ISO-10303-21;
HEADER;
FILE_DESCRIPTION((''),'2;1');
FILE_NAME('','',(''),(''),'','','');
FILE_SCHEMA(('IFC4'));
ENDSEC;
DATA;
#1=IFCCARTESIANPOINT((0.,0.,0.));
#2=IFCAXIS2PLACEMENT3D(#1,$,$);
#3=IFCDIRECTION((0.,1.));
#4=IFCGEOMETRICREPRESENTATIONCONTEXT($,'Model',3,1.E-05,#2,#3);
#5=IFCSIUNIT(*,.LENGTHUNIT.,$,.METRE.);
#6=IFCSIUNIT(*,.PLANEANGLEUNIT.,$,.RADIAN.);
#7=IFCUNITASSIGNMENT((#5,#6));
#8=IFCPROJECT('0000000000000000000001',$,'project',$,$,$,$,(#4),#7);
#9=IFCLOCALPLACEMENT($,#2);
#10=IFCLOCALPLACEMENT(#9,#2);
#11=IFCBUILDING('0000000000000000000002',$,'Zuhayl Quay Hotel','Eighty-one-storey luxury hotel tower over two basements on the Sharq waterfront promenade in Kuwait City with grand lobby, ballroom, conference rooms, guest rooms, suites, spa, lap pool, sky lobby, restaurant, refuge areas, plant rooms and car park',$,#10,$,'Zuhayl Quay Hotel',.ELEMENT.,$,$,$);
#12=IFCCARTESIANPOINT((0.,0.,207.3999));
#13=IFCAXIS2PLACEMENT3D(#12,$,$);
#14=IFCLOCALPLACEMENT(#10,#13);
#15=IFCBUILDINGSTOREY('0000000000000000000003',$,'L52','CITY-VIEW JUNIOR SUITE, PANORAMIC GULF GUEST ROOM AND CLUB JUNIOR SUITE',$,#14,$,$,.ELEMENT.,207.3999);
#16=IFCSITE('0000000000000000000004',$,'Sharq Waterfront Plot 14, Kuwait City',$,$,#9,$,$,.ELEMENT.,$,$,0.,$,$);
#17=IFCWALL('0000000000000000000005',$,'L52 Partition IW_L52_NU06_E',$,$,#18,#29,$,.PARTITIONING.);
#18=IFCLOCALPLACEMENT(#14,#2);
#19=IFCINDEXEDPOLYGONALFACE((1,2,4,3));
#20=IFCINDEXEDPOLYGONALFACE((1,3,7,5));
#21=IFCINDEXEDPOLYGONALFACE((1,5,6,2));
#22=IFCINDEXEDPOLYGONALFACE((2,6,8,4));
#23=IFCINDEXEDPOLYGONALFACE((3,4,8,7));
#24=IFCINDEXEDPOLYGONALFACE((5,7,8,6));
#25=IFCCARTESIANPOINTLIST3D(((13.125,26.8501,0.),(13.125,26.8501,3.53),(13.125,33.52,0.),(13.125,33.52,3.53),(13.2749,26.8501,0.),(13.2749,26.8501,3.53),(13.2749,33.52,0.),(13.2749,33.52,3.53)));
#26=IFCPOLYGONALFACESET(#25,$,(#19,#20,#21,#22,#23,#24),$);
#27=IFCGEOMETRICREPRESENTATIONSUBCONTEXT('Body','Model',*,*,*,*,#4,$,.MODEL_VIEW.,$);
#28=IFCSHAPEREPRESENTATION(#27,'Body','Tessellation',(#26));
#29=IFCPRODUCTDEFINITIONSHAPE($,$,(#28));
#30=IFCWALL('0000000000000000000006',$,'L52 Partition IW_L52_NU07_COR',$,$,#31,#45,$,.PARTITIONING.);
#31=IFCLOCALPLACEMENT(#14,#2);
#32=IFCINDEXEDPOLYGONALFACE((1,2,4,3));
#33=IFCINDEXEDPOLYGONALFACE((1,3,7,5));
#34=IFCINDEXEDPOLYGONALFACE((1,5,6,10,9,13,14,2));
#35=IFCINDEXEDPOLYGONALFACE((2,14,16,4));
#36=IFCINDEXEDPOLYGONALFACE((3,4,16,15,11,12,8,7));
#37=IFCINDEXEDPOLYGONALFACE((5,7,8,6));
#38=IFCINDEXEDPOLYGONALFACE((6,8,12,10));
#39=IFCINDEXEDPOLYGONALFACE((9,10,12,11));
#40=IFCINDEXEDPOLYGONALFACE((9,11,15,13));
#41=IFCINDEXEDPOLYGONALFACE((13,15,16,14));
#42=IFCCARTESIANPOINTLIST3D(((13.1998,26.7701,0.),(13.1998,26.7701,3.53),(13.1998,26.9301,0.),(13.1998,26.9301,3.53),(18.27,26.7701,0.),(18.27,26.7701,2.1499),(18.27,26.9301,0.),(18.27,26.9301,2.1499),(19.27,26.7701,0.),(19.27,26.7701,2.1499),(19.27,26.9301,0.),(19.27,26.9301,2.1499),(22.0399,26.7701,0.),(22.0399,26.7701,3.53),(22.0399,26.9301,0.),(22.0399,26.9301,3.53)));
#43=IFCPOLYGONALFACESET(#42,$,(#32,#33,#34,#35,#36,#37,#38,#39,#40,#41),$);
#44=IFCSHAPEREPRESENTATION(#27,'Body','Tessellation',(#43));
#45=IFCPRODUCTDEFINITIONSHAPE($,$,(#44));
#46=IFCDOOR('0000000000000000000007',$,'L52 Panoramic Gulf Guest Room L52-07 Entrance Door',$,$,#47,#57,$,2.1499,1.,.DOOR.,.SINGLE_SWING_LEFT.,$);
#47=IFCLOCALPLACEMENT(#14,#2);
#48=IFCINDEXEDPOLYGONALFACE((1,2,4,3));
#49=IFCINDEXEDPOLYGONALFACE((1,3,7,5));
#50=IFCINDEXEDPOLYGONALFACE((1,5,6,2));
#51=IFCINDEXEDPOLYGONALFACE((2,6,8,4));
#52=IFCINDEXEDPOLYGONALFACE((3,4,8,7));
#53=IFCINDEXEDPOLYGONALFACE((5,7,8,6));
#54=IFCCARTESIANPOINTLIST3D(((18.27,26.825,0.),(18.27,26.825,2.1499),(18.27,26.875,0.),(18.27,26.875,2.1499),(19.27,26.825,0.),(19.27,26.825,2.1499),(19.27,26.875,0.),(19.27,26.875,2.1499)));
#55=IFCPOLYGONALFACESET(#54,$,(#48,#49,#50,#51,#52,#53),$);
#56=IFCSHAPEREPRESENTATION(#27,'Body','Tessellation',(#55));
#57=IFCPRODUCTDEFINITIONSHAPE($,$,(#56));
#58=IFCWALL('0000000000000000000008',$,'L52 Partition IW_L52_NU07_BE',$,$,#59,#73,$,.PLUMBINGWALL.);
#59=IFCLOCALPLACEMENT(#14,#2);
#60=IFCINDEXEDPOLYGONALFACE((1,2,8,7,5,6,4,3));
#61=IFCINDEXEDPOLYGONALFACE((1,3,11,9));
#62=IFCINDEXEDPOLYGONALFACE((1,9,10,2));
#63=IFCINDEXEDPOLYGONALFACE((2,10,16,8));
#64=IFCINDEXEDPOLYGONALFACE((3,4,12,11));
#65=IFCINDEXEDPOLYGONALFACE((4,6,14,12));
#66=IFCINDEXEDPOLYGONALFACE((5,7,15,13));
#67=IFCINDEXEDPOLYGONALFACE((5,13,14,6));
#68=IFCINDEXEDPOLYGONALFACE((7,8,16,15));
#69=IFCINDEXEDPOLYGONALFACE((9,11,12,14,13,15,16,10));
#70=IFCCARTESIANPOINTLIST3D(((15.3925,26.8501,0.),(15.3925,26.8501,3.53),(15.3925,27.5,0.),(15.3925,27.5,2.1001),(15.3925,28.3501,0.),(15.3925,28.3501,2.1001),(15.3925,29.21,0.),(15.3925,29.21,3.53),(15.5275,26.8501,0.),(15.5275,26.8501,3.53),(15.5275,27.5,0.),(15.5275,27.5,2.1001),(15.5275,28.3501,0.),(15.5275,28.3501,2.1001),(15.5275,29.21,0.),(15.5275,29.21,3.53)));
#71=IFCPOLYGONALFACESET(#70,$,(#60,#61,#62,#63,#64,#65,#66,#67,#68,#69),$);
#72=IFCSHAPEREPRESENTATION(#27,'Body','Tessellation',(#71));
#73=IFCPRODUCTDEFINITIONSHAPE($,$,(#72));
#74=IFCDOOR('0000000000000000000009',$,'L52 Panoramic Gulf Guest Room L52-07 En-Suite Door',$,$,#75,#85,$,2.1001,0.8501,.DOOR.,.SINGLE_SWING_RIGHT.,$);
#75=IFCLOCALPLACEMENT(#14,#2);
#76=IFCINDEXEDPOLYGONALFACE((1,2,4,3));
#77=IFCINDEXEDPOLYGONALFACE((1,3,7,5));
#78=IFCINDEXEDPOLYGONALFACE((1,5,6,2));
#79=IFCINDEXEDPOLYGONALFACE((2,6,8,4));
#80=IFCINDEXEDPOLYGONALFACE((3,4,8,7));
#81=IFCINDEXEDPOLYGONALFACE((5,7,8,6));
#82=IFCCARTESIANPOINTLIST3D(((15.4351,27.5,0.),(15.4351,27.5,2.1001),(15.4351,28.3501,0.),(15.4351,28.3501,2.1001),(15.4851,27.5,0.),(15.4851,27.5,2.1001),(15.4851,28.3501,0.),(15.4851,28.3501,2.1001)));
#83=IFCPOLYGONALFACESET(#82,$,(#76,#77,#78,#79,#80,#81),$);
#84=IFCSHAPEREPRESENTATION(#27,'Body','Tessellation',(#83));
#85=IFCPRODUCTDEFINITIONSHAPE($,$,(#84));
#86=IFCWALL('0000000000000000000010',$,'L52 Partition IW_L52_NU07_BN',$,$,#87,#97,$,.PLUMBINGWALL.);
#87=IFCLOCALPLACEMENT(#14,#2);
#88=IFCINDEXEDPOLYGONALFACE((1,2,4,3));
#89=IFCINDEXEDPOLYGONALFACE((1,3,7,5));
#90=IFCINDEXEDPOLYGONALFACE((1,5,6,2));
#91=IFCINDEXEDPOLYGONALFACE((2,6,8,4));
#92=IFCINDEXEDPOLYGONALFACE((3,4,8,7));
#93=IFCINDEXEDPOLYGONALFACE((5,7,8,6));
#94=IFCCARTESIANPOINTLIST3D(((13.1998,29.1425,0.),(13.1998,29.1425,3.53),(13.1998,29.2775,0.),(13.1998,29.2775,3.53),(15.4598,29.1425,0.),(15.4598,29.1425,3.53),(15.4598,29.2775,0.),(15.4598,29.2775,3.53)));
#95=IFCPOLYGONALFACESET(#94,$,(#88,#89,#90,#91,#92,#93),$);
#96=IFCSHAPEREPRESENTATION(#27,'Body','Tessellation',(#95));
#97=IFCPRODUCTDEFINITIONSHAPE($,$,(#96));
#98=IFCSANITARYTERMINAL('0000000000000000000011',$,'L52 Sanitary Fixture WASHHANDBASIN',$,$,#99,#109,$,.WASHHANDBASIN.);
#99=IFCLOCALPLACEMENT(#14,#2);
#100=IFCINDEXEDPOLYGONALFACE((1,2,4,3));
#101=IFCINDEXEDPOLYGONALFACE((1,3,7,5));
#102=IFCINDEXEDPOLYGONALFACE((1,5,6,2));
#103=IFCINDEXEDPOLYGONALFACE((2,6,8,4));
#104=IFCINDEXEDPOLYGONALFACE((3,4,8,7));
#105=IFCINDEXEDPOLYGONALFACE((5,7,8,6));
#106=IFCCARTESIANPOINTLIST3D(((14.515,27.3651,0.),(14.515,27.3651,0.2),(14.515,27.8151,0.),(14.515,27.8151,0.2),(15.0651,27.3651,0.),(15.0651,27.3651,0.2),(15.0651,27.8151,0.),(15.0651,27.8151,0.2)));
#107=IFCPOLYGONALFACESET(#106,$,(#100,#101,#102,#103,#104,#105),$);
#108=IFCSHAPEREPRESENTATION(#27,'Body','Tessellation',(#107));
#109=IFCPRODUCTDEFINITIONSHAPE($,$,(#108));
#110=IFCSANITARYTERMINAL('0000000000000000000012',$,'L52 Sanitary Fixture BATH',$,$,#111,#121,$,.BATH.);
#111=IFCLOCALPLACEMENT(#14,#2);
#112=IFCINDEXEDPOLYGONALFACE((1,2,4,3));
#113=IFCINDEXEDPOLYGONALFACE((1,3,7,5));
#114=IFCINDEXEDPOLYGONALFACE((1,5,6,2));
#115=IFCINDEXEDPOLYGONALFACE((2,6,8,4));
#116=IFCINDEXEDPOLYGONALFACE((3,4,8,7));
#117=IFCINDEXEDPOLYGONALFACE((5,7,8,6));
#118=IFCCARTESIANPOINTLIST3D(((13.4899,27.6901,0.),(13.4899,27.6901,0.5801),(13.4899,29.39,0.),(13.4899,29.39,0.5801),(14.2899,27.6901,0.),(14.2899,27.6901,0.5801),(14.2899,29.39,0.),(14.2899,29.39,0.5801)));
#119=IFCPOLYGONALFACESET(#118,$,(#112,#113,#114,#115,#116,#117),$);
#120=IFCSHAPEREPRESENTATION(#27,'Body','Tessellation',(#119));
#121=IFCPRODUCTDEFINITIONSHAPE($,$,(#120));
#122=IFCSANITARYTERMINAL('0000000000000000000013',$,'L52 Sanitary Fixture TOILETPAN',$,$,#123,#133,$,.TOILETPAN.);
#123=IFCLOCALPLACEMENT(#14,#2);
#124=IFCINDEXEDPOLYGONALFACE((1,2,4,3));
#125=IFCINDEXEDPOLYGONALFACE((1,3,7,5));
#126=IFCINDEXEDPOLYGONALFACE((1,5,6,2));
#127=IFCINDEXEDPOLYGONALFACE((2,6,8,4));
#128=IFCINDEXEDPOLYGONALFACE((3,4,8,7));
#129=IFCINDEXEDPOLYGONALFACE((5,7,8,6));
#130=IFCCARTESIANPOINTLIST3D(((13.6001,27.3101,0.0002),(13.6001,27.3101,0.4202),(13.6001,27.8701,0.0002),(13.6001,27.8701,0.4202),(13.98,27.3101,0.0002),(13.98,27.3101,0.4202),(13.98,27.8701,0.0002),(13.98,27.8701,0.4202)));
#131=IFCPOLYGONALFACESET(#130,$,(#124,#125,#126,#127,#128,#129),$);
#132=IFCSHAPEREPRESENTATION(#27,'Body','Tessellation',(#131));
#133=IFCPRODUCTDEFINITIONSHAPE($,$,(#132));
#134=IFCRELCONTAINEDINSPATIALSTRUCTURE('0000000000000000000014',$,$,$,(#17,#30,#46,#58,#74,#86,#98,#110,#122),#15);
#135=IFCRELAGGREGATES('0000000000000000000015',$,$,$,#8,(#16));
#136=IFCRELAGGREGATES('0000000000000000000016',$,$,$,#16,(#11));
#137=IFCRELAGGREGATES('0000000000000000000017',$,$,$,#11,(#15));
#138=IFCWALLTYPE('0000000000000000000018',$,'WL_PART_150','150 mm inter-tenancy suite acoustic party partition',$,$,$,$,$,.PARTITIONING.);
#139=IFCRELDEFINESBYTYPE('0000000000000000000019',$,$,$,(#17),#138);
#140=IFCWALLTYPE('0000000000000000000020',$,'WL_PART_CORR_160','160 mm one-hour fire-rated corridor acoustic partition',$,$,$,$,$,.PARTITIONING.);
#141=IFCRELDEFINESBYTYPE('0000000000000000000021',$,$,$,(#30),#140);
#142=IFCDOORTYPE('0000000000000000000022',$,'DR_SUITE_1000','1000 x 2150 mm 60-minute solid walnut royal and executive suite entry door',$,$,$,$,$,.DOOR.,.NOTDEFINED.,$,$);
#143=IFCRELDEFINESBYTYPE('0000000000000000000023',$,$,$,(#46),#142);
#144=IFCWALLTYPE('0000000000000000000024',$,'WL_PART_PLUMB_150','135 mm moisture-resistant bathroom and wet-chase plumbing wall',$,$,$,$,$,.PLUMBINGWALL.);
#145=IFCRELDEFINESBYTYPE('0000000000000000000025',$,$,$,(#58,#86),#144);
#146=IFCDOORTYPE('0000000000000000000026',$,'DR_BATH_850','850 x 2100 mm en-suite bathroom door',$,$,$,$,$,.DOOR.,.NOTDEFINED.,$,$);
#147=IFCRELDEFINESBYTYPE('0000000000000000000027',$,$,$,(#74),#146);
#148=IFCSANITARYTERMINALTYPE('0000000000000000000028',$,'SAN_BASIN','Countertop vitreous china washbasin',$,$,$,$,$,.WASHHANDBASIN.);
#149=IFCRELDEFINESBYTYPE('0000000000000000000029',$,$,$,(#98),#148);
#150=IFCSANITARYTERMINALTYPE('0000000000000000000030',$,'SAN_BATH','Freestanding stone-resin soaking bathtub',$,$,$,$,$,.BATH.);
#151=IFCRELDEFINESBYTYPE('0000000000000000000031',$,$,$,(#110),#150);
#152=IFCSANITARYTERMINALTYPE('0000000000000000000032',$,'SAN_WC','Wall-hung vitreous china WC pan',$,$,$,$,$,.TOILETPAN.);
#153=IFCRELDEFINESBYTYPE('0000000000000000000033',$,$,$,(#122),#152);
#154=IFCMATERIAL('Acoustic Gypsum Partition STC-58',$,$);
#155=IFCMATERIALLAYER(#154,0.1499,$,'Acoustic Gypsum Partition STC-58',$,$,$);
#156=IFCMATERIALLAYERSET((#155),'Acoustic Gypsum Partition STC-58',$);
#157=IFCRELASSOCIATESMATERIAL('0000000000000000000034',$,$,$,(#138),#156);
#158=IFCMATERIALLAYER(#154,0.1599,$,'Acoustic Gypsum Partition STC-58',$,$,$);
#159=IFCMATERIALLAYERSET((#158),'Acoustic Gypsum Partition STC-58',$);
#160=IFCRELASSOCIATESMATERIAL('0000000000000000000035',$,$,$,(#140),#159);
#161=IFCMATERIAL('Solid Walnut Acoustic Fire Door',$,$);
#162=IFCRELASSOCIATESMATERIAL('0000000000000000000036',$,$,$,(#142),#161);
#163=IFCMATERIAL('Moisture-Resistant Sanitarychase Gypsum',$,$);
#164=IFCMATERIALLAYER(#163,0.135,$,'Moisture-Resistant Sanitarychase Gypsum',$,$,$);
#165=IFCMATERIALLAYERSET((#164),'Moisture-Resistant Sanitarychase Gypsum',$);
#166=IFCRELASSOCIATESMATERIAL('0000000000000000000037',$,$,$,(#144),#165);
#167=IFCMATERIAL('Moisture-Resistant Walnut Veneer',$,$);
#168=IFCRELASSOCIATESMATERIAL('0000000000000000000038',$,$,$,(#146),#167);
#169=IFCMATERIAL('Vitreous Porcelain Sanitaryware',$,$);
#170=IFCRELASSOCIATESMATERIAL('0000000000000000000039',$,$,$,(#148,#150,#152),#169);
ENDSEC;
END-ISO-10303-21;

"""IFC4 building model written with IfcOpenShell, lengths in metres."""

from ifc_helpers import new_model, si_unit, direction, frame, frame_2d, origin, origin_2d, place, context, subcontext, project, spatial, rectangle, extrude, material, layer, layer_set, type_object, element, fill, save


model = new_model("IFC4")

# Units and contexts
model_context = context("Model", 3, precision=1e-05, world=origin(), true_north=direction((0.0, 1.0)))
body_context = subcontext(model_context, "Body", "Model", "MODEL_VIEW")
ifc_project = project(units=[si_unit("LENGTHUNIT", "METRE"), si_unit("PLANEANGLEUNIT", "RADIAN")], contexts=[model_context])

# Site, building, storey
site_placement = place(None, origin())
site = spatial("IfcSite", under=ifc_project, at=site_placement, Name="Sharq Waterfront Plot 14, Kuwait City", CompositionType="ELEMENT", RefElevation=0.0)
building_placement = place(site_placement, origin())
building = spatial("IfcBuilding", under=site, at=building_placement, Name="Zuhayl Quay Hotel", Description="Eighty-one-storey luxury hotel tower over two basements on the Sharq waterfront promenade in Kuwait City with grand lobby, ballroom, conference rooms, guest rooms, suites, spa, lap pool, sky lobby, restaurant, refuge areas, plant rooms and car park", LongName="Zuhayl Quay Hotel", CompositionType="ELEMENT")
storey_placement = place(building_placement, frame((0.0, 0.0, 207.3999)))
storey = spatial("IfcBuildingStorey", under=building, at=storey_placement, Name="L52", Description="CITY-VIEW JUNIOR SUITE, PANORAMIC GULF GUEST ROOM AND CLUB JUNIOR SUITE", CompositionType="ELEMENT", Elevation=207.3999)

# Wall
ifc_material_1 = material(Name="Acoustic Gypsum Partition STC-58")
ifc_layer_1 = layer(ifc_material_1, 0.1499, Name="Acoustic Gypsum Partition STC-58")
ifc_layer_set_1 = layer_set([ifc_layer_1], Name="Acoustic Gypsum Partition STC-58")
wall_type_1 = type_object("IfcWallType", Name="WL_PART_150", Description="150 mm inter-tenancy suite acoustic party partition", PredefinedType="PARTITIONING", material=ifc_layer_set_1)
wall_1_placement = place(storey_placement, frame((13.2, 26.8501, 0.0), z_axis=(0.0, 0.0, 1.0), x_axis=(0.0, 1.0, 0.0)))
element("IfcWall", 1, at=wall_1_placement, inside=storey, type_object=wall_type_1, Name="L52 Partition IW_L52_NU06_E", PredefinedType="PARTITIONING", context=body_context, shape_type="SweptSolid", body=[
    extrude(rectangle(XDim=6.6699, YDim=0.1499, at=frame_2d((3.335, 0.0))), origin(), (0.0, 0.0, 1.0), 3.53),
])

# Walls, openings, doors
ifc_layer_2 = layer(ifc_material_1, 0.1599, Name="Acoustic Gypsum Partition STC-58")
ifc_layer_set_2 = layer_set([ifc_layer_2], Name="Acoustic Gypsum Partition STC-58")
wall_type_2 = type_object("IfcWallType", Name="WL_PART_CORR_160", Description="160 mm one-hour fire-rated corridor acoustic partition", PredefinedType="PARTITIONING", material=ifc_layer_set_2)
wall_2_placement = place(storey_placement, frame((13.2, 26.8501, 0.0), z_axis=(0.0, 0.0, 1.0), x_axis=(1.0, 0.0, 0.0)))
wall_2 = element("IfcWall", 2, at=wall_2_placement, inside=storey, type_object=wall_type_2, Name="L52 Partition IW_L52_NU07_COR", PredefinedType="PARTITIONING", context=body_context, shape_type="SweptSolid", body=[
    extrude(rectangle(XDim=8.8401, YDim=0.1599, at=frame_2d((4.4199, 0.0))), origin(), (0.0, 0.0, 1.0), 3.53),
])
opening_1_placement = place(wall_2_placement, frame((5.0701, 0.0, 0.0)))
opening_1 = element("IfcOpeningElement", 3, at=opening_1_placement, cuts=wall_2, PredefinedType="OPENING", context=body_context, shape_type="SweptSolid", body=[
    extrude(rectangle(XDim=1.0, YDim=2.1499, at=frame_2d((0.5, 1.075))), frame((0.0, 0.0898, 0.0), z_axis=(0.0, -1.0, 0.0), x_axis=(1.0, 0.0, 0.0)), (0.0, 0.0, 1.0), 0.1799),
])
ifc_material_2 = material(Name="Solid Walnut Acoustic Fire Door")
door_type_1 = type_object("IfcDoorType", Name="DR_SUITE_1000", Description="1000 x 2150 mm 60-minute solid walnut royal and executive suite entry door", OperationType="NOTDEFINED", PredefinedType="DOOR", material=ifc_material_2)
door_1_placement = place(opening_1_placement, origin())
door_1 = element("IfcDoor", 4, at=door_1_placement, inside=storey, type_object=door_type_1, Name="L52 Panoramic Gulf Guest Room L52-07 Entrance Door", OperationType="SINGLE_SWING_LEFT", OverallHeight=2.1499, OverallWidth=1.0, PredefinedType="DOOR", context=body_context, shape_type="SweptSolid", body=[
    extrude(rectangle(XDim=1.0, YDim=2.1499, at=frame_2d((0.5, 1.075))), frame((0.0, 0.0249, 0.0), z_axis=(0.0, -1.0, 0.0), x_axis=(1.0, 0.0, 0.0)), (0.0, 0.0, 1.0), 0.05),
])
fill(opening_1, door_1)
ifc_material_3 = material(Name="Moisture-Resistant Sanitarychase Gypsum")
ifc_layer_3 = layer(ifc_material_3, 0.135, Name="Moisture-Resistant Sanitarychase Gypsum")
ifc_layer_set_3 = layer_set([ifc_layer_3], Name="Moisture-Resistant Sanitarychase Gypsum")
wall_type_3 = type_object("IfcWallType", Name="WL_PART_PLUMB_150", Description="135 mm moisture-resistant bathroom and wet-chase plumbing wall", PredefinedType="PLUMBINGWALL", material=ifc_layer_set_3)
wall_3_placement = place(storey_placement, frame((15.46, 26.8501, 0.0), z_axis=(0.0, 0.0, 1.0), x_axis=(0.0, 1.0, 0.0)))
wall_3 = element("IfcWall", 5, at=wall_3_placement, inside=storey, type_object=wall_type_3, Name="L52 Partition IW_L52_NU07_BE", PredefinedType="PLUMBINGWALL", context=body_context, shape_type="SweptSolid", body=[
    extrude(rectangle(XDim=2.3599, YDim=0.135, at=frame_2d((1.1799, 0.0))), origin(), (0.0, 0.0, 1.0), 3.53),
])
opening_2_placement = place(wall_3_placement, frame((0.6499, 0.0, 0.0)))
opening_2 = element("IfcOpeningElement", 6, at=opening_2_placement, cuts=wall_3, PredefinedType="OPENING", context=body_context, shape_type="SweptSolid", body=[
    extrude(rectangle(XDim=0.8501, YDim=2.1001, at=frame_2d((0.425, 1.05))), frame((0.0, 0.0774, 0.0), z_axis=(0.0, -1.0, 0.0), x_axis=(1.0, 0.0, 0.0)), (0.0, 0.0, 1.0), 0.155),
])
ifc_material_4 = material(Name="Moisture-Resistant Walnut Veneer")
door_type_2 = type_object("IfcDoorType", Name="DR_BATH_850", Description="850 x 2100 mm en-suite bathroom door", OperationType="NOTDEFINED", PredefinedType="DOOR", material=ifc_material_4)
door_2_placement = place(opening_2_placement, origin())
door_2 = element("IfcDoor", 7, at=door_2_placement, inside=storey, type_object=door_type_2, Name="L52 Panoramic Gulf Guest Room L52-07 En-Suite Door", OperationType="SINGLE_SWING_RIGHT", OverallHeight=2.1001, OverallWidth=0.8501, PredefinedType="DOOR", context=body_context, shape_type="SweptSolid", body=[
    extrude(rectangle(XDim=0.8501, YDim=2.1001, at=frame_2d((0.425, 1.05))), frame((0.0, 0.0249, 0.0), z_axis=(0.0, -1.0, 0.0), x_axis=(1.0, 0.0, 0.0)), (0.0, 0.0, 1.0), 0.05),
])
fill(opening_2, door_2)

# Wall
wall_4_placement = place(storey_placement, frame((13.2, 29.21, 0.0), z_axis=(0.0, 0.0, 1.0), x_axis=(1.0, 0.0, 0.0)))
element("IfcWall", 8, at=wall_4_placement, inside=storey, type_object=wall_type_3, Name="L52 Partition IW_L52_NU07_BN", PredefinedType="PLUMBINGWALL", context=body_context, shape_type="SweptSolid", body=[
    extrude(rectangle(XDim=2.26, YDim=0.135, at=frame_2d((1.1299, 0.0))), origin(), (0.0, 0.0, 1.0), 3.53),
])

# Sanitary terminals
ifc_material_5 = material(Name="Vitreous Porcelain Sanitaryware")
sanitary_terminal_type_1 = type_object("IfcSanitaryTerminalType", Name="SAN_BASIN", Description="Countertop vitreous china washbasin", PredefinedType="WASHHANDBASIN", material=ifc_material_5)
sanitary_terminal_1_placement = place(storey_placement, frame((14.79, 27.5901, 0.0), z_axis=(0.0, 0.0, 1.0), x_axis=(1.0, 0.0, 0.0)))
element("IfcSanitaryTerminal", 9, at=sanitary_terminal_1_placement, inside=storey, type_object=sanitary_terminal_type_1, Name="L52 Sanitary Fixture WASHHANDBASIN", PredefinedType="WASHHANDBASIN", context=body_context, shape_type="SweptSolid", body=[
    extrude(rectangle(XDim=0.55, YDim=0.45, at=origin_2d()), origin(), (0.0, 0.0, 1.0), 0.2),
])
sanitary_terminal_type_2 = type_object("IfcSanitaryTerminalType", Name="SAN_BATH", Description="Freestanding stone-resin soaking bathtub", PredefinedType="BATH", material=ifc_material_5)
sanitary_terminal_2_placement = place(storey_placement, frame((13.8899, 28.54, 0.0), z_axis=(0.0, 0.0, 1.0), x_axis=(1.0, 0.0, 0.0)))
element("IfcSanitaryTerminal", 10, at=sanitary_terminal_2_placement, inside=storey, type_object=sanitary_terminal_type_2, Name="L52 Sanitary Fixture BATH", PredefinedType="BATH", context=body_context, shape_type="SweptSolid", body=[
    extrude(rectangle(XDim=0.8, YDim=1.7, at=origin_2d()), origin(), (0.0, 0.0, 1.0), 0.5801),
])
sanitary_terminal_type_3 = type_object("IfcSanitaryTerminalType", Name="SAN_WC", Description="Wall-hung vitreous china WC pan", PredefinedType="TOILETPAN", material=ifc_material_5)
sanitary_terminal_3_placement = place(storey_placement, frame((13.79, 27.5901, 0.0002), z_axis=(0.0, 0.0, 1.0), x_axis=(1.0, 0.0, 0.0)))
element("IfcSanitaryTerminal", 11, at=sanitary_terminal_3_placement, inside=storey, type_object=sanitary_terminal_type_3, Name="L52 Sanitary Fixture TOILETPAN", PredefinedType="TOILETPAN", context=body_context, shape_type="SweptSolid", body=[
    extrude(rectangle(XDim=0.3799, YDim=0.5601, at=origin_2d()), origin(), (0.0, 0.0, 1.0), 0.4199),
])

save(model, "model.ifc")
